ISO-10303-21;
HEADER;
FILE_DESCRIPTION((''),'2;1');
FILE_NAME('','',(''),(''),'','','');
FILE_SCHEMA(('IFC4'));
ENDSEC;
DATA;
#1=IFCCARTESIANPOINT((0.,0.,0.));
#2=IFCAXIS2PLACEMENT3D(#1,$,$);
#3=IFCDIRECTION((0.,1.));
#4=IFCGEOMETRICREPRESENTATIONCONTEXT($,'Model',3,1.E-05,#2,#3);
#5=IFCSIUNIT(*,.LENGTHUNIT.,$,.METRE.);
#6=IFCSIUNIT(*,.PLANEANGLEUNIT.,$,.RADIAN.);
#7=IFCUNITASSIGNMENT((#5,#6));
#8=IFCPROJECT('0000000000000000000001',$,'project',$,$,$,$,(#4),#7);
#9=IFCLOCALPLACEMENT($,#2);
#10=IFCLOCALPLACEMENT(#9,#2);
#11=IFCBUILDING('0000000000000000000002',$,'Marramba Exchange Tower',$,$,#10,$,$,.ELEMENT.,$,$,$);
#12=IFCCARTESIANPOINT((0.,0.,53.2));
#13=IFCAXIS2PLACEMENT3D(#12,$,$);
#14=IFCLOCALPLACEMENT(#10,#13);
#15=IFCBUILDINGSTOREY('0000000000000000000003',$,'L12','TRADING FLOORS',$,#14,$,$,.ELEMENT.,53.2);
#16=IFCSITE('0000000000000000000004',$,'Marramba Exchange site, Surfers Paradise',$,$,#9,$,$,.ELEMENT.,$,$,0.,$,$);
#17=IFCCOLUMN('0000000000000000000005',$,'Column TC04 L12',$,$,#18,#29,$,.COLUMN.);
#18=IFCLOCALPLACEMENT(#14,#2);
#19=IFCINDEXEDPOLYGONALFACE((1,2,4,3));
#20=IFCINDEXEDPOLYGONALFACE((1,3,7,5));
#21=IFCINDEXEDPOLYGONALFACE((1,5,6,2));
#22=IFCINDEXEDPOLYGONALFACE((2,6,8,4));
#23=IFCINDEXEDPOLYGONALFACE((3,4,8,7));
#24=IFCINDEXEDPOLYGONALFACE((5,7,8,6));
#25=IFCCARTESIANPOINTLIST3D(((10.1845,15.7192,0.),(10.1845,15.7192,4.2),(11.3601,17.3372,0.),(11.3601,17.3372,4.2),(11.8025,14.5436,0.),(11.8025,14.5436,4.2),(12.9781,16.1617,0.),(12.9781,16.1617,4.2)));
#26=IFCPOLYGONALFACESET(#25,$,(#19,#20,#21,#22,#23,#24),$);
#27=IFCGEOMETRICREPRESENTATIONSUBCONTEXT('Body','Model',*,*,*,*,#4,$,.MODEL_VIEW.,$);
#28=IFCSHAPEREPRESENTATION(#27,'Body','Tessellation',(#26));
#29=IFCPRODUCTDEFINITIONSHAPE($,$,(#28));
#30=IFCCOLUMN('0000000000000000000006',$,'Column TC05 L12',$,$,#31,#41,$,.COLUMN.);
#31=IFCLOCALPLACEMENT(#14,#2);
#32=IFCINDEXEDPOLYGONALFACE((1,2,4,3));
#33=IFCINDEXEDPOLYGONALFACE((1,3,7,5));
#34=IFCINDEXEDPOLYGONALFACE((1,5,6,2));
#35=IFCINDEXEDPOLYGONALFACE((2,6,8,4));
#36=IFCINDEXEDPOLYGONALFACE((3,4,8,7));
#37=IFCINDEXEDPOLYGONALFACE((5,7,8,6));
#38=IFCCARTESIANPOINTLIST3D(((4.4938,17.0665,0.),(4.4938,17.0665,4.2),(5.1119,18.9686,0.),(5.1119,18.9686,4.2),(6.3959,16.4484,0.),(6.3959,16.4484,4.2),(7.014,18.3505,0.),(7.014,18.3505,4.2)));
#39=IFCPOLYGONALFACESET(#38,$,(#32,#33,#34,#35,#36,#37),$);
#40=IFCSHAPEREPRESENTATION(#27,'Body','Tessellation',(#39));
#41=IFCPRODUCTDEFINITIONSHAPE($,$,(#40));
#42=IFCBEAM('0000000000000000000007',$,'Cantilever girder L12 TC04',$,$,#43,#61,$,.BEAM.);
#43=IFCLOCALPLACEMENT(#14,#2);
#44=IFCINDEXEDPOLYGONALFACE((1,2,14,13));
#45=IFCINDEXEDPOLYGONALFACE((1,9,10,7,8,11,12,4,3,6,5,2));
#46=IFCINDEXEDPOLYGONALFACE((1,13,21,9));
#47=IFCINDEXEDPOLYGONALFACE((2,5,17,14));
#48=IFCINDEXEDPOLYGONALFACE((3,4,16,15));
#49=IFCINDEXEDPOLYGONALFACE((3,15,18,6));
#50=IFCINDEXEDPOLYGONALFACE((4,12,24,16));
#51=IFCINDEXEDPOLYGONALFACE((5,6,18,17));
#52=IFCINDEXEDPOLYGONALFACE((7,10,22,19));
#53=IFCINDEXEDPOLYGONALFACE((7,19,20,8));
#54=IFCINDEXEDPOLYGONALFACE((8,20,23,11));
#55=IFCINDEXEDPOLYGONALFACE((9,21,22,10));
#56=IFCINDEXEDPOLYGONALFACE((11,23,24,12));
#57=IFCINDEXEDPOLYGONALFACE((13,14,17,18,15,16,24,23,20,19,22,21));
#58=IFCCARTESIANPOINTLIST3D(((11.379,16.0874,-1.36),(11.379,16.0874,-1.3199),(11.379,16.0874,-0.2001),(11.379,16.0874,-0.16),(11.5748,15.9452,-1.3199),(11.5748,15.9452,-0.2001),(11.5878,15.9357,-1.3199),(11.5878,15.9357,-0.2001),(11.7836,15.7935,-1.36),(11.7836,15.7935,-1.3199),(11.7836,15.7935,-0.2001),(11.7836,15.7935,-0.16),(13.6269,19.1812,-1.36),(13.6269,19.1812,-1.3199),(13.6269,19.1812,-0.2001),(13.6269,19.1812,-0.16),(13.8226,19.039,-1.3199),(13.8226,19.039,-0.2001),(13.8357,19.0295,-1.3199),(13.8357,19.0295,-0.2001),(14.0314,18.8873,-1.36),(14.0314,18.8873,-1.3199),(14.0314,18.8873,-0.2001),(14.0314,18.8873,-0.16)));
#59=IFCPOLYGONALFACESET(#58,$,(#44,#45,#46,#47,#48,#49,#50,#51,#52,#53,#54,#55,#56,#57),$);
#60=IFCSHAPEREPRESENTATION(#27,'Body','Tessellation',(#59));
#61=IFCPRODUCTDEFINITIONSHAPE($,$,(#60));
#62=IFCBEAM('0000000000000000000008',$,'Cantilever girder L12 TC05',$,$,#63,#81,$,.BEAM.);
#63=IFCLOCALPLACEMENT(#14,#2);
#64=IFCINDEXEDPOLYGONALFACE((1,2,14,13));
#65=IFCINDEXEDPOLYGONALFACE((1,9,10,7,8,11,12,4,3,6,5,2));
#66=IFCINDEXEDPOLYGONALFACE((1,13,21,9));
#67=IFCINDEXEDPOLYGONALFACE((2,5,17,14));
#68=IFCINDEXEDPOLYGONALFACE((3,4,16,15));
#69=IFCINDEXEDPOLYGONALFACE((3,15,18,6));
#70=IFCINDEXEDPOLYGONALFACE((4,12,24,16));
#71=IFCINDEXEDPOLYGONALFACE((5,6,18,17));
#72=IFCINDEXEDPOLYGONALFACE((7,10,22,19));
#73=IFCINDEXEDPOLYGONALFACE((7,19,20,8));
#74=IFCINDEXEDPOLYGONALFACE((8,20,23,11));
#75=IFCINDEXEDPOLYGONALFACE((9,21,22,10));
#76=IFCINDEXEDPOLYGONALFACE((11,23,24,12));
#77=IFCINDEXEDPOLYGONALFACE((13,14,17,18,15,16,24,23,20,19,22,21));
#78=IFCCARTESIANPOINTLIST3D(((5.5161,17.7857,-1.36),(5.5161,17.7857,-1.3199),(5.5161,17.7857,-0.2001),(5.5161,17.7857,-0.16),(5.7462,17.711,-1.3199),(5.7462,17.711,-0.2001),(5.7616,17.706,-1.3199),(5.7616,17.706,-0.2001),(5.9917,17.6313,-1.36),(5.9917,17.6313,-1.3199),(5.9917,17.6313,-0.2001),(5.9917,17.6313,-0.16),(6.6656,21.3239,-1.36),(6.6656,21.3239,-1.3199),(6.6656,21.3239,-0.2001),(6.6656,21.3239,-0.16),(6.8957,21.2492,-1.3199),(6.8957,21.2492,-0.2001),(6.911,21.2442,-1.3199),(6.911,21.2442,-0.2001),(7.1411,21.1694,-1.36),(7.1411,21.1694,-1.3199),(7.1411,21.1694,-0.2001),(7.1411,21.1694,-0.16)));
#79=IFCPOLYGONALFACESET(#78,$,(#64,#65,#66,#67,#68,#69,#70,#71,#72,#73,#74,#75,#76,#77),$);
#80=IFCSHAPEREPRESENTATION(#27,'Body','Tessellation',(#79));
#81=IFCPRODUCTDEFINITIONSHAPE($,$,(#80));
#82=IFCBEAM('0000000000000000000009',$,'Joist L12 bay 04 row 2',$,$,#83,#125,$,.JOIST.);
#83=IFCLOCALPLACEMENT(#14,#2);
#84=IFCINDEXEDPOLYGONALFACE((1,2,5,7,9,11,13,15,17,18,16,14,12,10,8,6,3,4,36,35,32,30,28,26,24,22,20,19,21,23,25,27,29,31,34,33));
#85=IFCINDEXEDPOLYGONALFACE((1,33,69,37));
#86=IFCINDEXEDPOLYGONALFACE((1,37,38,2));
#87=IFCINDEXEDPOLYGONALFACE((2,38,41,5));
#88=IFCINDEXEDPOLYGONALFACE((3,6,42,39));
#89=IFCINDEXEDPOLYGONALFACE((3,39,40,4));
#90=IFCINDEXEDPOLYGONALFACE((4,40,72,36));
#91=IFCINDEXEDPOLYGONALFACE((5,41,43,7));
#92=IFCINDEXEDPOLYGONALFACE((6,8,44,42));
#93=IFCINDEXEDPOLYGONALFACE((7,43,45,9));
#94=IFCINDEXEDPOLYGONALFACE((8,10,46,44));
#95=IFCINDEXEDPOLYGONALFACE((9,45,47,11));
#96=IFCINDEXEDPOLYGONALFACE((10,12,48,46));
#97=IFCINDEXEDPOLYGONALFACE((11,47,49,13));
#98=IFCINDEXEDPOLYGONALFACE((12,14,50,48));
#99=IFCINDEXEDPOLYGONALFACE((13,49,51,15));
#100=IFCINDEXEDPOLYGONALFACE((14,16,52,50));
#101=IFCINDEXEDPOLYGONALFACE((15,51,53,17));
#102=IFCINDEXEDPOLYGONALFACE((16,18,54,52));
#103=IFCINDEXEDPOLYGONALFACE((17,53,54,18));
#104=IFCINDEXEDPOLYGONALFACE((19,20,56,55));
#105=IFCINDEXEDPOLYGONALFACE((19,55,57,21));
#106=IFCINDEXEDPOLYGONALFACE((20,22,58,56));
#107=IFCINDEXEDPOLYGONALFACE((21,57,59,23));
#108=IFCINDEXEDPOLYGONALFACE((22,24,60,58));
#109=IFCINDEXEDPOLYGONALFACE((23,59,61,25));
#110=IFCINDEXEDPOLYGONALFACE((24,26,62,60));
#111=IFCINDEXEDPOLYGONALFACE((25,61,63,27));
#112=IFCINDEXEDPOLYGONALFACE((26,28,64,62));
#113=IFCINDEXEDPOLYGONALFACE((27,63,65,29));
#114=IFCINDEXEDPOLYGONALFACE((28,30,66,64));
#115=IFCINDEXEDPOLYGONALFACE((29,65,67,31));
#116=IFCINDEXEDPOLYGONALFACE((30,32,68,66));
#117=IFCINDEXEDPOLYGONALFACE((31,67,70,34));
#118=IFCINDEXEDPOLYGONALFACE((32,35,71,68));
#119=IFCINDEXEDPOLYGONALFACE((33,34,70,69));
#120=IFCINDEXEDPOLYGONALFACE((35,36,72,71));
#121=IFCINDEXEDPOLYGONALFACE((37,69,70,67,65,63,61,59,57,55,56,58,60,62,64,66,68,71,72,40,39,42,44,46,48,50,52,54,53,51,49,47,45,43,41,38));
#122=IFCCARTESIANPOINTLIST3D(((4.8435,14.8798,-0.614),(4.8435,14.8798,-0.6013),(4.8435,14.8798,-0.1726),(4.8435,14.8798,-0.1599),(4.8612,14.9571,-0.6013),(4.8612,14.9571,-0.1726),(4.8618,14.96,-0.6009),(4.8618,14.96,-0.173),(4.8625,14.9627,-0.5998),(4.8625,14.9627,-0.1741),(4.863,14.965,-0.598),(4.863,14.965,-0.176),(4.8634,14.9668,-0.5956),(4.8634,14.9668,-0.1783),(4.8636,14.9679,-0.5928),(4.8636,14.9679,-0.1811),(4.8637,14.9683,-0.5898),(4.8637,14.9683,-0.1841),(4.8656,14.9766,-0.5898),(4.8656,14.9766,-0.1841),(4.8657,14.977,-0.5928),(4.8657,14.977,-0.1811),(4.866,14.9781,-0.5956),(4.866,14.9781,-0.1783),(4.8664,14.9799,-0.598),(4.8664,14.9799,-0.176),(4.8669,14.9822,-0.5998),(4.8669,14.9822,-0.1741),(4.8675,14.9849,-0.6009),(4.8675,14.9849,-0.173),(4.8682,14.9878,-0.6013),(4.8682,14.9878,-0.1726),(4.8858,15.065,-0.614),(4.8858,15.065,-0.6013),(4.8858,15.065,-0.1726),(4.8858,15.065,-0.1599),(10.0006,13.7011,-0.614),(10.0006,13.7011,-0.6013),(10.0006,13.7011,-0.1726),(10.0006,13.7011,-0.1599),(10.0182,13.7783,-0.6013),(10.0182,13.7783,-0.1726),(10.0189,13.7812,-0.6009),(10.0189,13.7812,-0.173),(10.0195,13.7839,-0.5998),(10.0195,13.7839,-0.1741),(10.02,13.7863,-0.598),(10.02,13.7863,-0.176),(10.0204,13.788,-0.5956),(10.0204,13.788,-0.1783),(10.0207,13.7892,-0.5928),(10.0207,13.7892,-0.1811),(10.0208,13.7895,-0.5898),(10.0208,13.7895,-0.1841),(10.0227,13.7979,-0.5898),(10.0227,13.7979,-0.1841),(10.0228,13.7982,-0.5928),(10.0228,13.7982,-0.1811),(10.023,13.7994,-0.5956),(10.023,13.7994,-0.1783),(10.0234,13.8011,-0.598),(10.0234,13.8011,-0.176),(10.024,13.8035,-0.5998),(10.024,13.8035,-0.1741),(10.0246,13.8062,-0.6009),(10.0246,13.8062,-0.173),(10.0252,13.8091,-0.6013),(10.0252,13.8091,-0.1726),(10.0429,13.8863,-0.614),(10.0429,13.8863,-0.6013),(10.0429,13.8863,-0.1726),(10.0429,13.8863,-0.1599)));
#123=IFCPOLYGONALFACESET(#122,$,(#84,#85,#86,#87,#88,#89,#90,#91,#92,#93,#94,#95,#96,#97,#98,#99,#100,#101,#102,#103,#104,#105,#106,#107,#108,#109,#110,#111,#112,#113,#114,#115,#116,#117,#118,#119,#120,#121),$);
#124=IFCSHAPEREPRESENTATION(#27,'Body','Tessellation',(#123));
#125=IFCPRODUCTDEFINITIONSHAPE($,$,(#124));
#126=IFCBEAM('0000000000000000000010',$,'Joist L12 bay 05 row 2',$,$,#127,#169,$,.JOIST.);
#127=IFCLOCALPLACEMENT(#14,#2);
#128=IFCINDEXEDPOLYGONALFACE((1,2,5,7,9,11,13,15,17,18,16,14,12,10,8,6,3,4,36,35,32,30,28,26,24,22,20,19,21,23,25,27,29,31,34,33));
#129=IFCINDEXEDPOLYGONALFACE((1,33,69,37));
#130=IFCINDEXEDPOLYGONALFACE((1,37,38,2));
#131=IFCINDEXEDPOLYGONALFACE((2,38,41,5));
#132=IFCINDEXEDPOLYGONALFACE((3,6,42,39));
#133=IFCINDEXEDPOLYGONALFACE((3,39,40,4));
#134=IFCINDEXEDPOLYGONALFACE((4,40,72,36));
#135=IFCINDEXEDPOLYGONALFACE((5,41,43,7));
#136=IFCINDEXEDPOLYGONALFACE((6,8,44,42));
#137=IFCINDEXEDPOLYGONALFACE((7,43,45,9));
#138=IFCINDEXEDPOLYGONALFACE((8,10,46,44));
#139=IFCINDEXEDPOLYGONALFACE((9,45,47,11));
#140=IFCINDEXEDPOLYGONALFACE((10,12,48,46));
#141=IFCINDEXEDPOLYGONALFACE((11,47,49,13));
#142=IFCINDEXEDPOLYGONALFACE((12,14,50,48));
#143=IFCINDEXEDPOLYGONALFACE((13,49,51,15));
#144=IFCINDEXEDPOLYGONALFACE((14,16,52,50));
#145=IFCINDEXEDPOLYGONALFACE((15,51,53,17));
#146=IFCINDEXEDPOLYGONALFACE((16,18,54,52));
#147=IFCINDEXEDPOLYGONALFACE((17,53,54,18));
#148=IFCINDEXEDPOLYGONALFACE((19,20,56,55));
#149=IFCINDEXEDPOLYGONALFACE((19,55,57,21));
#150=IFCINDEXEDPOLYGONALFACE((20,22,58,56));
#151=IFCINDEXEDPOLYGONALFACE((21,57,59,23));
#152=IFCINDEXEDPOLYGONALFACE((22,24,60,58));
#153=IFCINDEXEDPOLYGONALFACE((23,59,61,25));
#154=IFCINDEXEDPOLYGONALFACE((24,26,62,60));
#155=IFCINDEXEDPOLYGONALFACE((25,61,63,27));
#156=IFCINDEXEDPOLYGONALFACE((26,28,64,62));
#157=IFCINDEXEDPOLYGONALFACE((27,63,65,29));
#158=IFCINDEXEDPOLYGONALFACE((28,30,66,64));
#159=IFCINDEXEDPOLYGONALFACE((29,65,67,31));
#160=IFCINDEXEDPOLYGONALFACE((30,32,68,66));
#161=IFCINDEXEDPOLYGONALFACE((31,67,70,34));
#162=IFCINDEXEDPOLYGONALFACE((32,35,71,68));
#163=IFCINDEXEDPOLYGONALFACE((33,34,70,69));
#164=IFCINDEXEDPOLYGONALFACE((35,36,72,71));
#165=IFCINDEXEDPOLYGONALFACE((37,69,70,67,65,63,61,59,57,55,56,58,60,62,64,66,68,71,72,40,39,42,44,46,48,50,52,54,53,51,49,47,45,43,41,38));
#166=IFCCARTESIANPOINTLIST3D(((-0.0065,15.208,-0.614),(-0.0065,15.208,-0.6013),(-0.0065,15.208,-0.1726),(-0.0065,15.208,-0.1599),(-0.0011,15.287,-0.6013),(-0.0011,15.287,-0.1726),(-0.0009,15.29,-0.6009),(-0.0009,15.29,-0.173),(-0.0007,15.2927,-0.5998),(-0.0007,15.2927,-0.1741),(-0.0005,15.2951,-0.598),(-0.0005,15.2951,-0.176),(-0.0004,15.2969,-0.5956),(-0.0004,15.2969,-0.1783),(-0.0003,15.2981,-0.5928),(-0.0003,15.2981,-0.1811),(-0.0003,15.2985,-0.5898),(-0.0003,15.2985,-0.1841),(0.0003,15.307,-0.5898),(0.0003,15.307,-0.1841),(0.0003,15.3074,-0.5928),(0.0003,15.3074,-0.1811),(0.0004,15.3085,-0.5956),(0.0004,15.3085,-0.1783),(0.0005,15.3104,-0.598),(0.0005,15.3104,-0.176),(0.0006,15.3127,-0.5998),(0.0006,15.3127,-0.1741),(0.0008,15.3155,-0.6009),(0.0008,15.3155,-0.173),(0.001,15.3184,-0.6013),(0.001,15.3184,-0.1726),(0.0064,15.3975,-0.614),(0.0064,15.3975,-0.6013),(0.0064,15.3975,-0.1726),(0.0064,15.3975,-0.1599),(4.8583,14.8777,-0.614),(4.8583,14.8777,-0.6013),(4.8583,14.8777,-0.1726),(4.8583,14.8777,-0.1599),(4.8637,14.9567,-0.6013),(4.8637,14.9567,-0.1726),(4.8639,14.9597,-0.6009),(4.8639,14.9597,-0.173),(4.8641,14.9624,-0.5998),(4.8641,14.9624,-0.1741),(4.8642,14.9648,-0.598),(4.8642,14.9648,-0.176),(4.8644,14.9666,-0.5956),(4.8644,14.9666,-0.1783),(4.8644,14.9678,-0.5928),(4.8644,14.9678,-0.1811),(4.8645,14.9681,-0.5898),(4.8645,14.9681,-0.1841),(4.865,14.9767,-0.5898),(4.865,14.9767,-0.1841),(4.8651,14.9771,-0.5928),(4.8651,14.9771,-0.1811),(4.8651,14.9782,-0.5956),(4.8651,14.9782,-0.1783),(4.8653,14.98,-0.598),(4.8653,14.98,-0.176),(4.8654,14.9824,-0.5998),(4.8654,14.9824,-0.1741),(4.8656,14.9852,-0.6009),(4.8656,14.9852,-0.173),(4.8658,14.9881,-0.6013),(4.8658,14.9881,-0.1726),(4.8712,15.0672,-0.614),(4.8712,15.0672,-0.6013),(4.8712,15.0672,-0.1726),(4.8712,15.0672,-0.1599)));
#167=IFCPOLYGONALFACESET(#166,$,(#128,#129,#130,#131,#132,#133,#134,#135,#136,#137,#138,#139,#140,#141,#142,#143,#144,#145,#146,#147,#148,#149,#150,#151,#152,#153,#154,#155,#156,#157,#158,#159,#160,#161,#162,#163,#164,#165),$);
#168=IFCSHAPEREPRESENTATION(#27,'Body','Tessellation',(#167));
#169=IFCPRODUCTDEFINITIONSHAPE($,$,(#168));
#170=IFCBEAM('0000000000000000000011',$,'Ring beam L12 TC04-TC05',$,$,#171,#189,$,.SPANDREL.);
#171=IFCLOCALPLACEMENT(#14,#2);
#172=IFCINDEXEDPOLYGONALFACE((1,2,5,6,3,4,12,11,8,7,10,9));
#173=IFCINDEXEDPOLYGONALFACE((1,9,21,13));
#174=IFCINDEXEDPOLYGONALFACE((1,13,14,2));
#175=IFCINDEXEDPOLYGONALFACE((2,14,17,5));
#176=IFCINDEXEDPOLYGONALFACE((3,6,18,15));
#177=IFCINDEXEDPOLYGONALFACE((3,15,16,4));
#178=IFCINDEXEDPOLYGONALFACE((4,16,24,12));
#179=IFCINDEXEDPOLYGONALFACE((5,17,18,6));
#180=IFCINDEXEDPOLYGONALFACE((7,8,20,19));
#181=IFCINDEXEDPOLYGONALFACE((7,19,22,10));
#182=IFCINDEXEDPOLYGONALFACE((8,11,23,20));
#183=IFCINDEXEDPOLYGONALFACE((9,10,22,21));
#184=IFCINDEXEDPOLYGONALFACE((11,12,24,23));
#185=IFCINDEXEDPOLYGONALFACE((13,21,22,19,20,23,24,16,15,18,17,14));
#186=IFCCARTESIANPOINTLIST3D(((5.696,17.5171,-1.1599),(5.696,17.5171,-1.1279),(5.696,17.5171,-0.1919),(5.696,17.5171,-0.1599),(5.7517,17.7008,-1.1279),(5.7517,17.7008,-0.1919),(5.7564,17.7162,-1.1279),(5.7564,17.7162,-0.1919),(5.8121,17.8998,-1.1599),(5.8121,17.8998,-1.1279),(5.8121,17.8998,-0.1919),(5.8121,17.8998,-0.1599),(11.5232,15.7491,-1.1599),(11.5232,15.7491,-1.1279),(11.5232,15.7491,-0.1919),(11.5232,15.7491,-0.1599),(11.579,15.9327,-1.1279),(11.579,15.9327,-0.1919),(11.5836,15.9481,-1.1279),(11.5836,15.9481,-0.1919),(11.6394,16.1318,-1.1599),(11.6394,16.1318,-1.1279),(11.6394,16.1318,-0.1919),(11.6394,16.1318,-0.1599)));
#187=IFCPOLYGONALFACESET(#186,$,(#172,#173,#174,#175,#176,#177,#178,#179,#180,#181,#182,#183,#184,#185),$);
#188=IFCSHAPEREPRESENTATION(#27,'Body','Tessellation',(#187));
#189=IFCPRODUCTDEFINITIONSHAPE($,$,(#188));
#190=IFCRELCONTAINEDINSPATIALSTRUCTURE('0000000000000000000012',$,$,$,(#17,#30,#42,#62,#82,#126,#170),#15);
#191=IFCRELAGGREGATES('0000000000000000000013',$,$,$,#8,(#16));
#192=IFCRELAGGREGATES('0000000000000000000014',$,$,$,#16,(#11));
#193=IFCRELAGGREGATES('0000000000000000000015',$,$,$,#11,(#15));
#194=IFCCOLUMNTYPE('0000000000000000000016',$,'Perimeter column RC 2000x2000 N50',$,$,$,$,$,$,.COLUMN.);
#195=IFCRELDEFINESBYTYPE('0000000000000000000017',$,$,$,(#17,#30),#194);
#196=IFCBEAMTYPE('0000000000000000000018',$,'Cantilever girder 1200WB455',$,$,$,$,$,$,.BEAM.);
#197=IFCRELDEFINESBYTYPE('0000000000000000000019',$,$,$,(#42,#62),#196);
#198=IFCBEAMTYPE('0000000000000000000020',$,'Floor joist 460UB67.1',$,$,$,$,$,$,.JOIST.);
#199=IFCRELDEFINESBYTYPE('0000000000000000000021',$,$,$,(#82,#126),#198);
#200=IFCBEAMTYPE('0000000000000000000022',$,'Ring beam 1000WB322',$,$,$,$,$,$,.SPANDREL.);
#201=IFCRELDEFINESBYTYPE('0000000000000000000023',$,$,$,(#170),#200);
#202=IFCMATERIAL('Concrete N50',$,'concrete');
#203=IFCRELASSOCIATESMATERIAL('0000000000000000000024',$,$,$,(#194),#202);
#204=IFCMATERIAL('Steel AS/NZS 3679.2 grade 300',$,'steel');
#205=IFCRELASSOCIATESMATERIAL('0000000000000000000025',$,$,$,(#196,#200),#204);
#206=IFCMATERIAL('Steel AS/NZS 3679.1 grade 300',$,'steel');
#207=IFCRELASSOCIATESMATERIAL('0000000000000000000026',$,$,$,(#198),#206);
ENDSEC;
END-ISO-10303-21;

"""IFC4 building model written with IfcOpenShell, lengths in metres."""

from ifc_helpers import new_model, si_unit, direction, frame, origin, origin_2d, place, context, subcontext, project, spatial, rectangle, i_section, extrude, material, material_profile, profile_set, type_object, element, save


model = new_model("IFC4")

# Units and contexts
model_context = context("Model", 3, precision=1e-05, world=origin(), true_north=direction((0.0, 1.0)))
body_context = subcontext(model_context, "Body", "Model", "MODEL_VIEW")
ifc_project = project(units=[si_unit("LENGTHUNIT", "METRE"), si_unit("PLANEANGLEUNIT", "RADIAN")], contexts=[model_context])

# Site, building, storey
site_placement = place(None, origin())
site = spatial("IfcSite", under=ifc_project, at=site_placement, Name="Marramba Exchange site, Surfers Paradise", CompositionType="ELEMENT", RefElevation=0.0)
building_placement = place(site_placement, origin())
building = spatial("IfcBuilding", under=site, at=building_placement, Name="Marramba Exchange Tower", CompositionType="ELEMENT")
storey_placement = place(building_placement, frame((0.0, 0.0, 53.2)))
storey = spatial("IfcBuildingStorey", under=building, at=storey_placement, Name="L12", Description="TRADING FLOORS", CompositionType="ELEMENT", Elevation=53.2)

# Columns
ifc_material_1 = material(Name="Concrete N50", Category="concrete")
ifc_material_profile_1 = material_profile(ifc_material_1, rectangle(XDim=2.0, YDim=2.0, at=origin_2d()), Name="RC 2000x2000")
ifc_profile_set_1 = profile_set([ifc_material_profile_1], Name="Concrete N50")
column_type = type_object("IfcColumnType", Name="Perimeter column RC 2000x2000 N50", PredefinedType="COLUMN", material=ifc_profile_set_1)
for number, where, z_axis, x_axis, name in (
    (1, (11.5813, 15.9404, 0.0), (0.0, 0.0, 1.0), (0.587785, 0.809017, 0.0), "Column TC04 L12"),
    (2, (5.7539, 17.7085, 0.0), (0.0, 0.0, 1.0), (0.309017, 0.951057, 0.0), "Column TC05 L12"),
):
    element("IfcColumn", number, at=place(storey_placement, frame(where, z_axis=z_axis, x_axis=x_axis)), inside=storey, type_object=column_type, Name=name, PredefinedType="COLUMN", context=body_context, shape_type="SweptSolid", body=[
        extrude(rectangle(XDim=2.0, YDim=2.0, at=origin_2d()), origin(), (0.0, 0.0, 1.0), 4.2),
    ])

# Beams
ifc_material_2 = material(Name="Steel AS/NZS 3679.2 grade 300", Category="steel")
ifc_material_profile_2 = material_profile(ifc_material_2, i_section(OverallWidth=0.5, OverallDepth=1.2, WebThickness=0.0161, FlangeThickness=0.04, at=origin_2d()), Name="1200WB455")
ifc_profile_set_2 = profile_set([ifc_material_profile_2], Name="Steel AS/NZS 3679.2 grade 300")
beam_type_1 = type_object("IfcBeamType", Name="Cantilever girder 1200WB455", PredefinedType="BEAM", material=ifc_profile_set_2)
beam_1_placement = place(storey_placement, frame((11.5813, 15.9404, -0.76), z_axis=(0.587796, 0.809009, 0.0), x_axis=(-0.809009, 0.587796, 0.0)))
element("IfcBeam", 3, at=beam_1_placement, inside=storey, type_object=beam_type_1, Name="Cantilever girder L12 TC04", PredefinedType="BEAM", context=body_context, shape_type="SweptSolid", body=[
    extrude(i_section(OverallWidth=0.5, OverallDepth=1.2, WebThickness=0.0161, FlangeThickness=0.04, at=origin_2d()), origin(), (0.0, 0.0, 1.0), 3.8242),
])
beam_2_placement = place(storey_placement, frame((5.7539, 17.7085, -0.76), z_axis=(0.308973, 0.951071, 0.0), x_axis=(-0.951071, 0.308973, 0.0)))
element("IfcBeam", 4, at=beam_2_placement, inside=storey, type_object=beam_type_1, Name="Cantilever girder L12 TC05", PredefinedType="BEAM", context=body_context, shape_type="SweptSolid", body=[
    extrude(i_section(OverallWidth=0.5, OverallDepth=1.2, WebThickness=0.0161, FlangeThickness=0.04, at=origin_2d()), origin(), (0.0, 0.0, 1.0), 3.7202),
])
ifc_material_3 = material(Name="Steel AS/NZS 3679.1 grade 300", Category="steel")
ifc_material_profile_3 = material_profile(ifc_material_3, i_section(OverallWidth=0.1899, OverallDepth=0.4541, WebThickness=0.0085, FlangeThickness=0.0127, FilletRadius=0.0115, at=origin_2d()), Name="460UB67.1")
ifc_profile_set_3 = profile_set([ifc_material_profile_3], Name="Steel AS/NZS 3679.1 grade 300")
beam_type_2 = type_object("IfcBeamType", Name="Floor joist 460UB67.1", PredefinedType="JOIST", material=ifc_profile_set_3)
beam_3_placement = place(storey_placement, frame((10.0217, 13.7937, -0.387), z_axis=(-0.97486, 0.22282, 0.0), x_axis=(-0.22282, -0.97486, 0.0)))
element("IfcBeam", 5, at=beam_3_placement, inside=storey, type_object=beam_type_2, Name="Joist L12 bay 04 row 2", PredefinedType="JOIST", context=body_context, shape_type="SweptSolid", body=[
    extrude(i_section(OverallWidth=0.1899, OverallDepth=0.4541, WebThickness=0.0085, FlangeThickness=0.0127, FilletRadius=0.0115, at=origin_2d()), origin(), (0.0, 0.0, 1.0), 5.29),
])
beam_4_placement = place(storey_placement, frame((4.8647, 14.9724, -0.387), z_axis=(-0.997703, 0.067745, 0.0), x_axis=(-0.067745, -0.997703, 0.0)))
element("IfcBeam", 6, at=beam_4_placement, inside=storey, type_object=beam_type_2, Name="Joist L12 bay 05 row 2", PredefinedType="JOIST", context=body_context, shape_type="SweptSolid", body=[
    extrude(i_section(OverallWidth=0.1899, OverallDepth=0.4541, WebThickness=0.0085, FlangeThickness=0.0127, FilletRadius=0.0115, at=origin_2d()), origin(), (0.0, 0.0, 1.0), 4.876),
])
ifc_material_profile_4 = material_profile(ifc_material_2, i_section(OverallWidth=0.3999, OverallDepth=1.0, WebThickness=0.0161, FlangeThickness=0.032, at=origin_2d()), Name="1000WB322")
ifc_profile_set_4 = profile_set([ifc_material_profile_4], Name="Steel AS/NZS 3679.2 grade 300")
beam_type_3 = type_object("IfcBeamType", Name="Ring beam 1000WB322", PredefinedType="SPANDREL", material=ifc_profile_set_4)
beam_5_placement = place(storey_placement, frame((11.5813, 15.9404, -0.6599), z_axis=(-0.956925, 0.290337, 0.0), x_axis=(-0.290337, -0.956925, 0.0)))
element("IfcBeam", 7, at=beam_5_placement, inside=storey, type_object=beam_type_3, Name="Ring beam L12 TC04-TC05", PredefinedType="SPANDREL", context=body_context, shape_type="SweptSolid", body=[
    extrude(i_section(OverallWidth=0.3999, OverallDepth=1.0, WebThickness=0.0161, FlangeThickness=0.032, at=origin_2d()), origin(), (0.0, 0.0, 1.0), 6.0896),
])

save(model, "model.ifc")
